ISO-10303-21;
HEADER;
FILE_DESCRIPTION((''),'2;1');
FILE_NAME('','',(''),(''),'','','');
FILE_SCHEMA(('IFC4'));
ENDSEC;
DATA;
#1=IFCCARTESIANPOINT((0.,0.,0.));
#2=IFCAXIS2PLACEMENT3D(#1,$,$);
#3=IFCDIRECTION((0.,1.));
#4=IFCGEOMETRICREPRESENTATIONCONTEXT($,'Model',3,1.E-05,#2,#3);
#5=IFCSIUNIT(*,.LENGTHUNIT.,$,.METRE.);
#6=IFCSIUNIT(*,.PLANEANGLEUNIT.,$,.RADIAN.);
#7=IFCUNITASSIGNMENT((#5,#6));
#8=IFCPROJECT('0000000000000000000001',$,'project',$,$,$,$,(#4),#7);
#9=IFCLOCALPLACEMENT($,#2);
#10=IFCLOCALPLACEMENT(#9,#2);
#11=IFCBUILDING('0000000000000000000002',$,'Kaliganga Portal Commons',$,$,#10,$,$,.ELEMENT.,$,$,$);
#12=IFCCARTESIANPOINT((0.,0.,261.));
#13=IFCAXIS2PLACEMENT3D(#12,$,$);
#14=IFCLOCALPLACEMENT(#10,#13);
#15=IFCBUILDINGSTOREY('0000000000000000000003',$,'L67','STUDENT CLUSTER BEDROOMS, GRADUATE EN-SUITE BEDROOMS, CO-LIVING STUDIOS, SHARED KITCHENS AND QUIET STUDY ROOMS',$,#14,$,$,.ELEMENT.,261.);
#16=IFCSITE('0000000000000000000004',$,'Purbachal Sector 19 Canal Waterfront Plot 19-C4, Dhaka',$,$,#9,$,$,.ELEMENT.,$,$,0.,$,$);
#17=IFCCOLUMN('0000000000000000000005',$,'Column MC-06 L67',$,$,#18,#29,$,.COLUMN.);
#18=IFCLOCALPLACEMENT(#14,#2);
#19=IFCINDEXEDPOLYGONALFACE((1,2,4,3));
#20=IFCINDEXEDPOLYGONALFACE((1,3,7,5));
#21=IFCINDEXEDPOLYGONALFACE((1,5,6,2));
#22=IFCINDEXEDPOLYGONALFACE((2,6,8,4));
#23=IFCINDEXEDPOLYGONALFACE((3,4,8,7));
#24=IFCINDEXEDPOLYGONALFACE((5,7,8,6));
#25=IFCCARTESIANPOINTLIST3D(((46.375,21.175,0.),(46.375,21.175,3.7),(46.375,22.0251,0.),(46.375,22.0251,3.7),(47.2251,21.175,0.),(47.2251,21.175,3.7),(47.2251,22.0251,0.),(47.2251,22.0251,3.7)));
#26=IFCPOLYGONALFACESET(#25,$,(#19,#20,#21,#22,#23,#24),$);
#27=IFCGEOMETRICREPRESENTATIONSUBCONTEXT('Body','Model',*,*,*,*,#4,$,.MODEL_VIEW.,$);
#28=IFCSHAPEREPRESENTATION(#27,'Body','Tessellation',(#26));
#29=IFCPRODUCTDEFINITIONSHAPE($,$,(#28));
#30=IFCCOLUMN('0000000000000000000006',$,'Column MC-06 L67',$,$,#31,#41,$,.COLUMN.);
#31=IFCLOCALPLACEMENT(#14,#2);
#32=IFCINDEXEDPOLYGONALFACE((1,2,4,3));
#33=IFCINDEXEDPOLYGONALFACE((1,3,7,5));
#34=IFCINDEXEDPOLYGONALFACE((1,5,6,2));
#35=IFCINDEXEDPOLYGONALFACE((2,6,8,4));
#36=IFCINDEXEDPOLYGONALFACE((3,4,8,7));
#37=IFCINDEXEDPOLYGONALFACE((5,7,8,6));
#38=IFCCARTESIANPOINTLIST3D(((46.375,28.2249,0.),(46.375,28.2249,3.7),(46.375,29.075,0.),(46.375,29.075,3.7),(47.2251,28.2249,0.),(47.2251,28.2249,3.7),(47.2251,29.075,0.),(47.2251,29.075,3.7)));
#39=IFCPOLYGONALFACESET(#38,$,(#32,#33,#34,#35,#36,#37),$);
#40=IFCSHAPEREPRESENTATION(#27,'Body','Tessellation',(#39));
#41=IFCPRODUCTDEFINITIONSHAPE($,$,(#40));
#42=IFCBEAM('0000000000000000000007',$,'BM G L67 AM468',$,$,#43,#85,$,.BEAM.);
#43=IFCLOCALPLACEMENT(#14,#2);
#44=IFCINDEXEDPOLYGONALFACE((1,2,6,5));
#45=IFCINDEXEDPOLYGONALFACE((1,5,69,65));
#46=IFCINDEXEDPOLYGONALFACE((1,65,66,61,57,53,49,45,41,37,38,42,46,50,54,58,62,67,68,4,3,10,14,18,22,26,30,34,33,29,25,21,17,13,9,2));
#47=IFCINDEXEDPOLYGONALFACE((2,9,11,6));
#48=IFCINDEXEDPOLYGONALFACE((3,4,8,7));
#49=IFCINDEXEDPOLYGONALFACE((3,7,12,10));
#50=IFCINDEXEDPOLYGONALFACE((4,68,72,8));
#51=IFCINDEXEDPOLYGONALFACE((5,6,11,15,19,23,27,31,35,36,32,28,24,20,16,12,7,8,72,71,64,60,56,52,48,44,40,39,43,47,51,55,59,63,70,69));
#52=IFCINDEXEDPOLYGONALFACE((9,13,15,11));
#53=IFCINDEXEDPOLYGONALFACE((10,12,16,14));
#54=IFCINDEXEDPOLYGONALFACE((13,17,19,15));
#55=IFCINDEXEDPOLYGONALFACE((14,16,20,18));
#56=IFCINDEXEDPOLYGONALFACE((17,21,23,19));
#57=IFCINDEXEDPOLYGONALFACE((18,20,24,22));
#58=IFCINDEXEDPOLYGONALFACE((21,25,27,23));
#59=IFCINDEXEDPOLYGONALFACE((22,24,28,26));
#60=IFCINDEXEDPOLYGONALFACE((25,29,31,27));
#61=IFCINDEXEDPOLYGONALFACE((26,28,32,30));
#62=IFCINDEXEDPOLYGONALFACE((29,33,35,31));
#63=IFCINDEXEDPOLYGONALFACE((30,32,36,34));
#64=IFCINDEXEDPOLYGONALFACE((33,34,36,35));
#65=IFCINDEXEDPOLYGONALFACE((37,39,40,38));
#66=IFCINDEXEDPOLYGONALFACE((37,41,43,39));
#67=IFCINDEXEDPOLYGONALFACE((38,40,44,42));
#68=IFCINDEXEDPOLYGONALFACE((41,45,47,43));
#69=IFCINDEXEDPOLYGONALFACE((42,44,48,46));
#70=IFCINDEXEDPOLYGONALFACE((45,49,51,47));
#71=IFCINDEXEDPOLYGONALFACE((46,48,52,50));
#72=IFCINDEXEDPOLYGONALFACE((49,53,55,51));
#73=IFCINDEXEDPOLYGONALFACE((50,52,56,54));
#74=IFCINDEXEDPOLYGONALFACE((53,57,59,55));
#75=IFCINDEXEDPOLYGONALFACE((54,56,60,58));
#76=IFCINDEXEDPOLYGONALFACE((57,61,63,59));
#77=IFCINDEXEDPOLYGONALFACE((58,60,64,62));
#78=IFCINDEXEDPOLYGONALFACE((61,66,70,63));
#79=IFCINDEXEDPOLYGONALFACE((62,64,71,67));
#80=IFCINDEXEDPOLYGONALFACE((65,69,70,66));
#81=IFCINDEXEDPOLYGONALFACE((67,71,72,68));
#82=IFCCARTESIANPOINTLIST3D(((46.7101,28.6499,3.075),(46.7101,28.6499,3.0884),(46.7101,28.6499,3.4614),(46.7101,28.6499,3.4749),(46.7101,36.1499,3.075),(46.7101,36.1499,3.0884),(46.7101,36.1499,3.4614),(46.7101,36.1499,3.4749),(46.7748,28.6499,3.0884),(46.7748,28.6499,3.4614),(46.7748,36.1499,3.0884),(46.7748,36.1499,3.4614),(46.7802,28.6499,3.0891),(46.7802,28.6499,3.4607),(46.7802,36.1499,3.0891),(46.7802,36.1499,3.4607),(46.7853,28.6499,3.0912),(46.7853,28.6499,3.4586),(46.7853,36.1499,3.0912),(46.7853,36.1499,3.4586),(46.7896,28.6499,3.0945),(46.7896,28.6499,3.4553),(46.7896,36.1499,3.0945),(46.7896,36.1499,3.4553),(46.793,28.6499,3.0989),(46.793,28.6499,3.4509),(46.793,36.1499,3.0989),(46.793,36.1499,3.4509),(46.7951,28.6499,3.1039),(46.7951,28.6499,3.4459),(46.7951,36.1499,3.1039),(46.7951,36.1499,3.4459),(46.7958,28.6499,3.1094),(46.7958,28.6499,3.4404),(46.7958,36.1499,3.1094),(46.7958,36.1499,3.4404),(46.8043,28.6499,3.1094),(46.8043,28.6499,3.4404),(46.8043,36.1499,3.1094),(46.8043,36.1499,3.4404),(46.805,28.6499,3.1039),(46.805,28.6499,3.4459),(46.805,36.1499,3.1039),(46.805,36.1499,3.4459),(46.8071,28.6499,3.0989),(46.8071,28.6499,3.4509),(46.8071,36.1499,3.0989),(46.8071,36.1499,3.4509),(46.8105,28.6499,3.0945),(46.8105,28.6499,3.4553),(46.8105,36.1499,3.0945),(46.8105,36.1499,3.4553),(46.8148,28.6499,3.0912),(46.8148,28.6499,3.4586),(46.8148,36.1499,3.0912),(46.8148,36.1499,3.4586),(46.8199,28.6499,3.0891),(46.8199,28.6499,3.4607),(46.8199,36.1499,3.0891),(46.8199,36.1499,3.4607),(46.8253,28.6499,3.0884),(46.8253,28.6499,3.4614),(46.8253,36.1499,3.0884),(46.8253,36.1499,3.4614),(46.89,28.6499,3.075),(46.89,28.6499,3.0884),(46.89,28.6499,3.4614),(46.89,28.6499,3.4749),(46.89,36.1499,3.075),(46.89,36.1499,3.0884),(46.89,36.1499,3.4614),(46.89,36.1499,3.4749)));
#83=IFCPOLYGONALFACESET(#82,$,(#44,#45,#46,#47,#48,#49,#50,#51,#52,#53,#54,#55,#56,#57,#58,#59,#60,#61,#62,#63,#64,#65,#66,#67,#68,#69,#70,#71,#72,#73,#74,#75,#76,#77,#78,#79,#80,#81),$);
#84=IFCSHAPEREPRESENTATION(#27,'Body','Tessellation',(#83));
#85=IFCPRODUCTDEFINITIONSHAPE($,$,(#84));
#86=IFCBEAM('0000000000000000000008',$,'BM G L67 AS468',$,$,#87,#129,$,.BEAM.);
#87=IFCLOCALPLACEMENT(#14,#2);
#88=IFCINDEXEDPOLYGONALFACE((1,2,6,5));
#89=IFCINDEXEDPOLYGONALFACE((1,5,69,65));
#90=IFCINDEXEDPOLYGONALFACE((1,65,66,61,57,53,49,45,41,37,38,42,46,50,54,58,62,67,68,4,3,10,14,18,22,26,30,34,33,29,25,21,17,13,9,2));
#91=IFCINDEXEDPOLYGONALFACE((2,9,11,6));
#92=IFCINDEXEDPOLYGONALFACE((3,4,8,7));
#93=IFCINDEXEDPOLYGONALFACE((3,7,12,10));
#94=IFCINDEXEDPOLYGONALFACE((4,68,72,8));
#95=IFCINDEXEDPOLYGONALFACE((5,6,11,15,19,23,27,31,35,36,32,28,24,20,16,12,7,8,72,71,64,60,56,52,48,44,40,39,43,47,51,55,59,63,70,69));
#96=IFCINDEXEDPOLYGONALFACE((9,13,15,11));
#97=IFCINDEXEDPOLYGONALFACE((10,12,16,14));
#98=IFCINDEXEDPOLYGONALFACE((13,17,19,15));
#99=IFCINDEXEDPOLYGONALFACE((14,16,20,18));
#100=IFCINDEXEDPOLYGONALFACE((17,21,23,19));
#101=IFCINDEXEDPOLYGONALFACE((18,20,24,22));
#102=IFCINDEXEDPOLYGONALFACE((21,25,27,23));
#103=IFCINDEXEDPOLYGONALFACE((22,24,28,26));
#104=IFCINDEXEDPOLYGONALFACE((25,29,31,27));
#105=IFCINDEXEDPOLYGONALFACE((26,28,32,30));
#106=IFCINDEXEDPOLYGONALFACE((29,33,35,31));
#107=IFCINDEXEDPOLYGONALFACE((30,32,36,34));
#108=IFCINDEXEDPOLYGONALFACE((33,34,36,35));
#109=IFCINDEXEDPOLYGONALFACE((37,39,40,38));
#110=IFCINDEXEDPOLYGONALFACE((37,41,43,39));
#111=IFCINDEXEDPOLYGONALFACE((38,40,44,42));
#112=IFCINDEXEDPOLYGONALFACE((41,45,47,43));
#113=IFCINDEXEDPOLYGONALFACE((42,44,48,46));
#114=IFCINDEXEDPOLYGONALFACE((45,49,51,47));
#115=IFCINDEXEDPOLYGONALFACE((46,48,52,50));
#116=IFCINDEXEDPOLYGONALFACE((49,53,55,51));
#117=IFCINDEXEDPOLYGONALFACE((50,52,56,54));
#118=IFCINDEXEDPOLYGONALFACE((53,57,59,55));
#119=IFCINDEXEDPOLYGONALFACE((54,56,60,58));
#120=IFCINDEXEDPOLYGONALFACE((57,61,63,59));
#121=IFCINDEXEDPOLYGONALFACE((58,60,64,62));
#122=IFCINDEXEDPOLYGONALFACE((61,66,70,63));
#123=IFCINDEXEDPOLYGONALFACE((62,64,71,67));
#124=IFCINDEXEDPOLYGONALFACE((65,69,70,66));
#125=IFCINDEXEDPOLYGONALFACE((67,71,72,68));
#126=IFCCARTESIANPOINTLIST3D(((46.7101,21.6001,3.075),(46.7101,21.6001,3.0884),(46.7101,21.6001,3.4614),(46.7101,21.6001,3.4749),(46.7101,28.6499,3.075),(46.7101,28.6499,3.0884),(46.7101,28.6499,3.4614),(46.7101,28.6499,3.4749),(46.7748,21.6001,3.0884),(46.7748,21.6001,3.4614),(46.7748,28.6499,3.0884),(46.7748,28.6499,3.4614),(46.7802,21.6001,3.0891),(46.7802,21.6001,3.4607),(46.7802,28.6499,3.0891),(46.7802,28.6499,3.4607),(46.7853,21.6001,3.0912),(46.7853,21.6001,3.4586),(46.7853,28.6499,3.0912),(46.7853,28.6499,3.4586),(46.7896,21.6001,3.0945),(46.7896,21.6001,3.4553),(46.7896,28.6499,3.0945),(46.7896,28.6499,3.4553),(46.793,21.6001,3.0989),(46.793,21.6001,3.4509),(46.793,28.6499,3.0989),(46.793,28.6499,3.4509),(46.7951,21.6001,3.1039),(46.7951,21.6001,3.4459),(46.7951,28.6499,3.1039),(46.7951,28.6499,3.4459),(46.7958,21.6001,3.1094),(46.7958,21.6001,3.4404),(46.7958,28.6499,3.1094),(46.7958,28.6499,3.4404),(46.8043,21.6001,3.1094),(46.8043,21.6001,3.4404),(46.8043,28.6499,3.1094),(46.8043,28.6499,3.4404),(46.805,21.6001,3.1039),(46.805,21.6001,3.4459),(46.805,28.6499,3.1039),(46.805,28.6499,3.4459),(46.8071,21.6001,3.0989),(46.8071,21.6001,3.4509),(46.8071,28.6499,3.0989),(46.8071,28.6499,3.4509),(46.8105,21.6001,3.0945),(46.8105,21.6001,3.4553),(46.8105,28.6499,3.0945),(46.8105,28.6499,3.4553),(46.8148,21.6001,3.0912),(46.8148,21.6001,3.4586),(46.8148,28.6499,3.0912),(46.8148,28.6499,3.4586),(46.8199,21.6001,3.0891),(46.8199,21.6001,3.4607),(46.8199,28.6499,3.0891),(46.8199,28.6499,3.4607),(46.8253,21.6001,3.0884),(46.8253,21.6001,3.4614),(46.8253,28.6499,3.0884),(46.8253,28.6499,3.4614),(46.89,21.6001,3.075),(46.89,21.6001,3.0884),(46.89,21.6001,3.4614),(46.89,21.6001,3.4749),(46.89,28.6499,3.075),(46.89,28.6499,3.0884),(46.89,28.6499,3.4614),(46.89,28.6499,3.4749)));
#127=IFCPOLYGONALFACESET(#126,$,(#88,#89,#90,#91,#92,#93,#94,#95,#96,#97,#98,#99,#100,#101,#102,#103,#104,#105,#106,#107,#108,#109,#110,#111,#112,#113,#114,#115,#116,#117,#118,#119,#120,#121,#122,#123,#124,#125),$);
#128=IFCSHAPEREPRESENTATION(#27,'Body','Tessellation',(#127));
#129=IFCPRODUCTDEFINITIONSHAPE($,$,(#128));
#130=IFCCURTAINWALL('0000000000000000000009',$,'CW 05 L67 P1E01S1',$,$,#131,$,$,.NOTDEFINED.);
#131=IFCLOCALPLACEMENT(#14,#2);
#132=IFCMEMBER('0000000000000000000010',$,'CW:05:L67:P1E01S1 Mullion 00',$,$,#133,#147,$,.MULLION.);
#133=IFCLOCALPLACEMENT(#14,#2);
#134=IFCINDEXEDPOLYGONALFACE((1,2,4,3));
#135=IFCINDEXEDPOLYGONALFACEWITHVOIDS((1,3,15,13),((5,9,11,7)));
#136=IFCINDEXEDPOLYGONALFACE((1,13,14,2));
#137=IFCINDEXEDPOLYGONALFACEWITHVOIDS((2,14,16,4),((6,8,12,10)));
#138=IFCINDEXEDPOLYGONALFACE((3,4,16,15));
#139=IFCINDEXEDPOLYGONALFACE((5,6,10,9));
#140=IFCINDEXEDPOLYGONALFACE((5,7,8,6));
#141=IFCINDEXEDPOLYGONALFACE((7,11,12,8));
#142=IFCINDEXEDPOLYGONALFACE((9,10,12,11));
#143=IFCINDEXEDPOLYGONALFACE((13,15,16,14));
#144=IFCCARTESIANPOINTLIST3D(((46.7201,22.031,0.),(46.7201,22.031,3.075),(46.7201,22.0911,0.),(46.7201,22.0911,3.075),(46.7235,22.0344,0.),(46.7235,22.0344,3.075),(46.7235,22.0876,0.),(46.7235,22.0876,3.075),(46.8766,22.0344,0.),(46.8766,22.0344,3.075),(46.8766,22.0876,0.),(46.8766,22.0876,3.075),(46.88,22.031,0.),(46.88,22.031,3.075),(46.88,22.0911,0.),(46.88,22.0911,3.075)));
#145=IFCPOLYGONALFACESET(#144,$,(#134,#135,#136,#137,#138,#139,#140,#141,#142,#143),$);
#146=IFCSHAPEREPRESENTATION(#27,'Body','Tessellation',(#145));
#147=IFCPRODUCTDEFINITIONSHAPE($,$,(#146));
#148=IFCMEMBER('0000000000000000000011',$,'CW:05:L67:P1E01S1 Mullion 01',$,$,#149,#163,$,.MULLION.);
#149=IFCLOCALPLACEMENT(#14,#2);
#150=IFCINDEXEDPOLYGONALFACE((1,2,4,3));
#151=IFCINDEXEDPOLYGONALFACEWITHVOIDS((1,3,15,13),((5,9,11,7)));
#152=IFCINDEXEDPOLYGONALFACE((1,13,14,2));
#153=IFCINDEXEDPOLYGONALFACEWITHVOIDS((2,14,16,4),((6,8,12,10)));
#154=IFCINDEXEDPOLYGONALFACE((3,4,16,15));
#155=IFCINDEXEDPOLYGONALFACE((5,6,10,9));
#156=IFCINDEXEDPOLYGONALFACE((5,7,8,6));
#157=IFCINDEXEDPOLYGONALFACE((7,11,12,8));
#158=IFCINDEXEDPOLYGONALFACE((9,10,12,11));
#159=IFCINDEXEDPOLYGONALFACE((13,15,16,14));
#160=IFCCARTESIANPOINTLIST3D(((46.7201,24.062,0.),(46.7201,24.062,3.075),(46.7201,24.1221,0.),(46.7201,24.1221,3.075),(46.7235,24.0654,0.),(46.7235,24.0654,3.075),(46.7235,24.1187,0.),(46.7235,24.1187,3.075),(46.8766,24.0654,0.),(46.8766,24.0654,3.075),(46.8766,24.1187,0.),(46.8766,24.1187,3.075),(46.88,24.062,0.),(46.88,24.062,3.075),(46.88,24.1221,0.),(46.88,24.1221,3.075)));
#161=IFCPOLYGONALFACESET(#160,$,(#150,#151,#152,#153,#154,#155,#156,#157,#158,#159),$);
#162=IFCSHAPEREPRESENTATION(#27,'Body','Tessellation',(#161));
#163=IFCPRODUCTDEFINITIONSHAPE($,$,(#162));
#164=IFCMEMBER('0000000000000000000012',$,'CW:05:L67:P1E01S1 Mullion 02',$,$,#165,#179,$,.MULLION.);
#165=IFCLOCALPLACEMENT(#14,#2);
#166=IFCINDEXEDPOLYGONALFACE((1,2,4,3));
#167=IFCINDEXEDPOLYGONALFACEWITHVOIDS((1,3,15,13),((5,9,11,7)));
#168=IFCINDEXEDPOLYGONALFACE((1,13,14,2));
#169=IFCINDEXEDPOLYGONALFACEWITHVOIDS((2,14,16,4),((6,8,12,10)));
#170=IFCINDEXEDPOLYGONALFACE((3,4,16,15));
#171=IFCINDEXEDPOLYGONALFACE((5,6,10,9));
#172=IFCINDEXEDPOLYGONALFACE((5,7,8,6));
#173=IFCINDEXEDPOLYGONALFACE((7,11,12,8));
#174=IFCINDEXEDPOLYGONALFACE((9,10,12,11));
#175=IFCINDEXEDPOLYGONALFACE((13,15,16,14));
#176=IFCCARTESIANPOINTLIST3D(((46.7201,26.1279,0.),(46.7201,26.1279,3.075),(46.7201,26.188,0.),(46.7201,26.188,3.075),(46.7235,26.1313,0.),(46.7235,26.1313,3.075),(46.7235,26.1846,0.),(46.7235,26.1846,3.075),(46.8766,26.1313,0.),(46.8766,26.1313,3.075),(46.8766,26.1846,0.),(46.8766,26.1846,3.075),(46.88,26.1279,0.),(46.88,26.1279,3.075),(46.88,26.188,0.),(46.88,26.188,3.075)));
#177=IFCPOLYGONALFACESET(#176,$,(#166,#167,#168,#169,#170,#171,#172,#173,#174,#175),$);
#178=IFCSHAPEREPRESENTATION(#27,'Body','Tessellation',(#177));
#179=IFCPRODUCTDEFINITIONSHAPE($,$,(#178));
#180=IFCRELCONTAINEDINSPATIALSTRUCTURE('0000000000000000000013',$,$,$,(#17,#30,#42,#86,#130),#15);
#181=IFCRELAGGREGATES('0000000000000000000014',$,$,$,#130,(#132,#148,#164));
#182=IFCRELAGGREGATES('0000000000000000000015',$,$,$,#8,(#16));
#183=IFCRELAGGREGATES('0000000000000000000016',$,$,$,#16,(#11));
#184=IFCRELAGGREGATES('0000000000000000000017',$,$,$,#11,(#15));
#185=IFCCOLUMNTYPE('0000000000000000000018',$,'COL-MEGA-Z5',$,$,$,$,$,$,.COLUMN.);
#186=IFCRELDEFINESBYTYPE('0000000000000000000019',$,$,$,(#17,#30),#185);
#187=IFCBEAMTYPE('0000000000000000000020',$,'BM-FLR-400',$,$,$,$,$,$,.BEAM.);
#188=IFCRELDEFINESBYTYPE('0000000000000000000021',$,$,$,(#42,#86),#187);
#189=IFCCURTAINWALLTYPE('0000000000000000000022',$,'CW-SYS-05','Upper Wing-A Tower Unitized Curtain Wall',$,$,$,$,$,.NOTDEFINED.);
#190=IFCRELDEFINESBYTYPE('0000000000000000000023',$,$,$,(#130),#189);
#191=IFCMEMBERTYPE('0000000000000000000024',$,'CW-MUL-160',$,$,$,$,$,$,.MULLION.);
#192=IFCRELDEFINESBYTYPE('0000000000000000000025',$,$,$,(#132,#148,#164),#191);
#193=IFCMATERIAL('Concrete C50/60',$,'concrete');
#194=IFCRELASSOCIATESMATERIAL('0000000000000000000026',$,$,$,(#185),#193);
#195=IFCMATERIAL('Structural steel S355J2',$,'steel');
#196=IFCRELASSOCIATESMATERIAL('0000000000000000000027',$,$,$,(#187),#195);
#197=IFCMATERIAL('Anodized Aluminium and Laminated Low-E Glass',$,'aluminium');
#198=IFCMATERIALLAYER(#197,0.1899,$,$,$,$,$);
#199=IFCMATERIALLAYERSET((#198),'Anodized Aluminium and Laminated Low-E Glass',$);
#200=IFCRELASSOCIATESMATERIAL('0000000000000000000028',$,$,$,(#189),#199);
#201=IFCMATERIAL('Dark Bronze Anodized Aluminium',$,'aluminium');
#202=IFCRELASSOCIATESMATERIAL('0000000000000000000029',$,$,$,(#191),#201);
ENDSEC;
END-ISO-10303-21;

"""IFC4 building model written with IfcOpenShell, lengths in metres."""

from ifc_helpers import new_model, si_unit, direction, frame, origin, origin_2d, place, context, subcontext, project, spatial, rectangle, hollow_rectangle, i_section, extrude, source, transform, mapped, material, layer, layer_set, material_profile, profile_set, type_object, element, aggregate, save


model = new_model("IFC4")

# Units and contexts
model_context = context("Model", 3, precision=1e-05, world=origin(), true_north=direction((0.0, 1.0)))
body_context = subcontext(model_context, "Body", "Model", "MODEL_VIEW")
ifc_project = project(units=[si_unit("LENGTHUNIT", "METRE"), si_unit("PLANEANGLEUNIT", "RADIAN")], contexts=[model_context])

# Site, building, storey
site_placement = place(None, origin())
site = spatial("IfcSite", under=ifc_project, at=site_placement, Name="Purbachal Sector 19 Canal Waterfront Plot 19-C4, Dhaka", CompositionType="ELEMENT", RefElevation=0.0)
building_placement = place(site_placement, origin())
building = spatial("IfcBuilding", under=site, at=building_placement, Name="Kaliganga Portal Commons", CompositionType="ELEMENT")
storey_placement = place(building_placement, frame((0.0, 0.0, 261.0)))
storey = spatial("IfcBuildingStorey", under=building, at=storey_placement, Name="L67", Description="STUDENT CLUSTER BEDROOMS, GRADUATE EN-SUITE BEDROOMS, CO-LIVING STUDIOS, SHARED KITCHENS AND QUIET STUDY ROOMS", CompositionType="ELEMENT", Elevation=261.0)

# Columns
ifc_material_1 = material(Name="Concrete C50/60", Category="concrete")
ifc_material_profile_1 = material_profile(ifc_material_1, rectangle(XDim=0.8501, YDim=0.8501, at=origin_2d()), Name="RC 850x850")
ifc_profile_set_1 = profile_set([ifc_material_profile_1], Name="Concrete C50/60")
column_type = type_object("IfcColumnType", Name="COL-MEGA-Z5", PredefinedType="COLUMN", material=ifc_profile_set_1)
shared_shape_1 = source(origin(), body_context, "Body", "SweptSolid", [
    extrude(rectangle(XDim=0.8501, YDim=0.8501, at=origin_2d()), origin(), (0.0, 0.0, 1.0), 3.7),
])
for number, where, z_axis, x_axis, name in (
    (1, (46.8, 21.6001, 0.0), (0.0, 0.0, 1.0), (1.0, 0.0, 0.0), "Column MC-06 L67"),
    (2, (46.8, 28.6499, 0.0), (0.0, 0.0, 1.0), (1.0, 0.0, 0.0), "Column MC-06 L67"),
):
    element("IfcColumn", number, at=place(storey_placement, frame(where, z_axis=z_axis, x_axis=x_axis)), inside=storey, type_object=column_type, Name=name, PredefinedType="COLUMN", context=body_context, shape_type="MappedRepresentation", body=[
        mapped(shared_shape_1, transform((0.0, 0.0, 0.0), x_axis=(1.0, 0.0, 0.0), y_axis=(0.0, 1.0, 0.0), z_axis=(0.0, 0.0, 1.0), scale=1.0)),
    ])

# Beams
ifc_material_2 = material(Name="Structural steel S355J2", Category="steel")
ifc_material_profile_2 = material_profile(ifc_material_2, i_section(OverallWidth=0.1799, OverallDepth=0.3999, WebThickness=0.0085, FlangeThickness=0.0134, FilletRadius=0.021, at=origin_2d()), Name="IPE 400")
ifc_profile_set_2 = profile_set([ifc_material_profile_2], Name="Structural steel S355J2 wide-flange")
beam_type = type_object("IfcBeamType", Name="BM-FLR-400", PredefinedType="BEAM", material=ifc_profile_set_2)
shared_shape_2 = source(origin(), body_context, "Body", "SweptSolid", [
    extrude(i_section(OverallWidth=0.1799, OverallDepth=0.3999, WebThickness=0.0085, FlangeThickness=0.0134, FilletRadius=0.021, at=origin_2d()), origin(), (0.0, 0.0, 1.0), 7.5),
])
beam_1_placement = place(storey_placement, frame((46.8, 28.6499, 3.2749), z_axis=(0.0, 1.0, 0.0), x_axis=(-1.0, 0.0, 0.0)))
element("IfcBeam", 3, at=beam_1_placement, inside=storey, type_object=beam_type, Name="BM G L67 AM468", PredefinedType="BEAM", context=body_context, shape_type="MappedRepresentation", body=[
    mapped(shared_shape_2, transform((0.0, 0.0, 0.0), x_axis=(1.0, 0.0, 0.0), y_axis=(0.0, 1.0, 0.0), z_axis=(0.0, 0.0, 1.0), scale=1.0)),
])
shared_shape_3 = source(origin(), body_context, "Body", "SweptSolid", [
    extrude(i_section(OverallWidth=0.1799, OverallDepth=0.3999, WebThickness=0.0085, FlangeThickness=0.0134, FilletRadius=0.021, at=origin_2d()), origin(), (0.0, 0.0, 1.0), 7.0498),
])
beam_2_placement = place(storey_placement, frame((46.8, 21.6001, 3.2749), z_axis=(0.0, 1.0, 0.0), x_axis=(-1.0, 0.0, 0.0)))
element("IfcBeam", 4, at=beam_2_placement, inside=storey, type_object=beam_type, Name="BM G L67 AS468", PredefinedType="BEAM", context=body_context, shape_type="MappedRepresentation", body=[
    mapped(shared_shape_3, transform((0.0, 0.0, 0.0), x_axis=(1.0, 0.0, 0.0), y_axis=(0.0, 1.0, 0.0), z_axis=(0.0, 0.0, 1.0), scale=1.0)),
])

# Curtain wall, members
ifc_material_3 = material(Name="Anodized Aluminium and Laminated Low-E Glass", Category="aluminium")
ifc_layer_1 = layer(ifc_material_3, 0.1899)
ifc_layer_set_1 = layer_set([ifc_layer_1], Name="Anodized Aluminium and Laminated Low-E Glass")
curtain_wall_type = type_object("IfcCurtainWallType", Name="CW-SYS-05", Description="Upper Wing-A Tower Unitized Curtain Wall", PredefinedType="NOTDEFINED", material=ifc_layer_set_1)
curtain_wall_1_placement = place(storey_placement, origin())
curtain_wall_1 = element("IfcCurtainWall", 5, at=curtain_wall_1_placement, inside=storey, type_object=curtain_wall_type, Name="CW 05 L67 P1E01S1", PredefinedType="NOTDEFINED")
ifc_material_4 = material(Name="Dark Bronze Anodized Aluminium", Category="aluminium")
ifc_material_profile_3 = material_profile(ifc_material_4, hollow_rectangle(XDim=0.0601, YDim=0.1599, WallThickness=0.0034, at=origin_2d()), Name="ALU MULL 60x160x3.5")
ifc_profile_set_3 = profile_set([ifc_material_profile_3], Name="Dark Bronze Anodized Aluminium")
member_type_1 = type_object("IfcMemberType", Name="CW-MUL-160", PredefinedType="MULLION", material=ifc_profile_set_3)
shared_shape_4 = source(origin(), body_context, "Body", "SweptSolid", [
    extrude(hollow_rectangle(XDim=0.0601, YDim=0.1599, WallThickness=0.0034, at=origin_2d()), origin(), (0.0, 0.0, 1.0), 3.075),
])
member_1_placement = place(storey_placement, frame((46.8, 22.061, 0.0), z_axis=(0.0, 0.0, 1.0), x_axis=(0.0, 1.0, 0.0)))
member_1 = element("IfcMember", 6, at=member_1_placement, type_object=member_type_1, Name="CW:05:L67:P1E01S1 Mullion 00", PredefinedType="MULLION", context=body_context, shape_type="MappedRepresentation", body=[
    mapped(shared_shape_4, transform((0.0, 0.0, 0.0), x_axis=(1.0, 0.0, 0.0), y_axis=(0.0, 1.0, 0.0), z_axis=(0.0, 0.0, 1.0), scale=1.0)),
])
member_2_placement = place(storey_placement, frame((46.8, 24.092, 0.0), z_axis=(0.0, 0.0, 1.0), x_axis=(0.0, 1.0, 0.0)))
member_2 = element("IfcMember", 7, at=member_2_placement, type_object=member_type_1, Name="CW:05:L67:P1E01S1 Mullion 01", PredefinedType="MULLION", context=body_context, shape_type="MappedRepresentation", body=[
    mapped(shared_shape_4, transform((0.0, 0.0, 0.0), x_axis=(1.0, 0.0, 0.0), y_axis=(0.0, 1.0, 0.0), z_axis=(0.0, 0.0, 1.0), scale=1.0)),
])
member_3_placement = place(storey_placement, frame((46.8, 26.158, 0.0), z_axis=(0.0, 0.0, 1.0), x_axis=(0.0, 1.0, 0.0)))
member_3 = element("IfcMember", 8, at=member_3_placement, type_object=member_type_1, Name="CW:05:L67:P1E01S1 Mullion 02", PredefinedType="MULLION", context=body_context, shape_type="MappedRepresentation", body=[
    mapped(shared_shape_4, transform((0.0, 0.0, 0.0), x_axis=(1.0, 0.0, 0.0), y_axis=(0.0, 1.0, 0.0), z_axis=(0.0, 0.0, 1.0), scale=1.0)),
])

aggregate(curtain_wall_1, [member_1, member_2, member_3])

save(model, "model.ifc")
